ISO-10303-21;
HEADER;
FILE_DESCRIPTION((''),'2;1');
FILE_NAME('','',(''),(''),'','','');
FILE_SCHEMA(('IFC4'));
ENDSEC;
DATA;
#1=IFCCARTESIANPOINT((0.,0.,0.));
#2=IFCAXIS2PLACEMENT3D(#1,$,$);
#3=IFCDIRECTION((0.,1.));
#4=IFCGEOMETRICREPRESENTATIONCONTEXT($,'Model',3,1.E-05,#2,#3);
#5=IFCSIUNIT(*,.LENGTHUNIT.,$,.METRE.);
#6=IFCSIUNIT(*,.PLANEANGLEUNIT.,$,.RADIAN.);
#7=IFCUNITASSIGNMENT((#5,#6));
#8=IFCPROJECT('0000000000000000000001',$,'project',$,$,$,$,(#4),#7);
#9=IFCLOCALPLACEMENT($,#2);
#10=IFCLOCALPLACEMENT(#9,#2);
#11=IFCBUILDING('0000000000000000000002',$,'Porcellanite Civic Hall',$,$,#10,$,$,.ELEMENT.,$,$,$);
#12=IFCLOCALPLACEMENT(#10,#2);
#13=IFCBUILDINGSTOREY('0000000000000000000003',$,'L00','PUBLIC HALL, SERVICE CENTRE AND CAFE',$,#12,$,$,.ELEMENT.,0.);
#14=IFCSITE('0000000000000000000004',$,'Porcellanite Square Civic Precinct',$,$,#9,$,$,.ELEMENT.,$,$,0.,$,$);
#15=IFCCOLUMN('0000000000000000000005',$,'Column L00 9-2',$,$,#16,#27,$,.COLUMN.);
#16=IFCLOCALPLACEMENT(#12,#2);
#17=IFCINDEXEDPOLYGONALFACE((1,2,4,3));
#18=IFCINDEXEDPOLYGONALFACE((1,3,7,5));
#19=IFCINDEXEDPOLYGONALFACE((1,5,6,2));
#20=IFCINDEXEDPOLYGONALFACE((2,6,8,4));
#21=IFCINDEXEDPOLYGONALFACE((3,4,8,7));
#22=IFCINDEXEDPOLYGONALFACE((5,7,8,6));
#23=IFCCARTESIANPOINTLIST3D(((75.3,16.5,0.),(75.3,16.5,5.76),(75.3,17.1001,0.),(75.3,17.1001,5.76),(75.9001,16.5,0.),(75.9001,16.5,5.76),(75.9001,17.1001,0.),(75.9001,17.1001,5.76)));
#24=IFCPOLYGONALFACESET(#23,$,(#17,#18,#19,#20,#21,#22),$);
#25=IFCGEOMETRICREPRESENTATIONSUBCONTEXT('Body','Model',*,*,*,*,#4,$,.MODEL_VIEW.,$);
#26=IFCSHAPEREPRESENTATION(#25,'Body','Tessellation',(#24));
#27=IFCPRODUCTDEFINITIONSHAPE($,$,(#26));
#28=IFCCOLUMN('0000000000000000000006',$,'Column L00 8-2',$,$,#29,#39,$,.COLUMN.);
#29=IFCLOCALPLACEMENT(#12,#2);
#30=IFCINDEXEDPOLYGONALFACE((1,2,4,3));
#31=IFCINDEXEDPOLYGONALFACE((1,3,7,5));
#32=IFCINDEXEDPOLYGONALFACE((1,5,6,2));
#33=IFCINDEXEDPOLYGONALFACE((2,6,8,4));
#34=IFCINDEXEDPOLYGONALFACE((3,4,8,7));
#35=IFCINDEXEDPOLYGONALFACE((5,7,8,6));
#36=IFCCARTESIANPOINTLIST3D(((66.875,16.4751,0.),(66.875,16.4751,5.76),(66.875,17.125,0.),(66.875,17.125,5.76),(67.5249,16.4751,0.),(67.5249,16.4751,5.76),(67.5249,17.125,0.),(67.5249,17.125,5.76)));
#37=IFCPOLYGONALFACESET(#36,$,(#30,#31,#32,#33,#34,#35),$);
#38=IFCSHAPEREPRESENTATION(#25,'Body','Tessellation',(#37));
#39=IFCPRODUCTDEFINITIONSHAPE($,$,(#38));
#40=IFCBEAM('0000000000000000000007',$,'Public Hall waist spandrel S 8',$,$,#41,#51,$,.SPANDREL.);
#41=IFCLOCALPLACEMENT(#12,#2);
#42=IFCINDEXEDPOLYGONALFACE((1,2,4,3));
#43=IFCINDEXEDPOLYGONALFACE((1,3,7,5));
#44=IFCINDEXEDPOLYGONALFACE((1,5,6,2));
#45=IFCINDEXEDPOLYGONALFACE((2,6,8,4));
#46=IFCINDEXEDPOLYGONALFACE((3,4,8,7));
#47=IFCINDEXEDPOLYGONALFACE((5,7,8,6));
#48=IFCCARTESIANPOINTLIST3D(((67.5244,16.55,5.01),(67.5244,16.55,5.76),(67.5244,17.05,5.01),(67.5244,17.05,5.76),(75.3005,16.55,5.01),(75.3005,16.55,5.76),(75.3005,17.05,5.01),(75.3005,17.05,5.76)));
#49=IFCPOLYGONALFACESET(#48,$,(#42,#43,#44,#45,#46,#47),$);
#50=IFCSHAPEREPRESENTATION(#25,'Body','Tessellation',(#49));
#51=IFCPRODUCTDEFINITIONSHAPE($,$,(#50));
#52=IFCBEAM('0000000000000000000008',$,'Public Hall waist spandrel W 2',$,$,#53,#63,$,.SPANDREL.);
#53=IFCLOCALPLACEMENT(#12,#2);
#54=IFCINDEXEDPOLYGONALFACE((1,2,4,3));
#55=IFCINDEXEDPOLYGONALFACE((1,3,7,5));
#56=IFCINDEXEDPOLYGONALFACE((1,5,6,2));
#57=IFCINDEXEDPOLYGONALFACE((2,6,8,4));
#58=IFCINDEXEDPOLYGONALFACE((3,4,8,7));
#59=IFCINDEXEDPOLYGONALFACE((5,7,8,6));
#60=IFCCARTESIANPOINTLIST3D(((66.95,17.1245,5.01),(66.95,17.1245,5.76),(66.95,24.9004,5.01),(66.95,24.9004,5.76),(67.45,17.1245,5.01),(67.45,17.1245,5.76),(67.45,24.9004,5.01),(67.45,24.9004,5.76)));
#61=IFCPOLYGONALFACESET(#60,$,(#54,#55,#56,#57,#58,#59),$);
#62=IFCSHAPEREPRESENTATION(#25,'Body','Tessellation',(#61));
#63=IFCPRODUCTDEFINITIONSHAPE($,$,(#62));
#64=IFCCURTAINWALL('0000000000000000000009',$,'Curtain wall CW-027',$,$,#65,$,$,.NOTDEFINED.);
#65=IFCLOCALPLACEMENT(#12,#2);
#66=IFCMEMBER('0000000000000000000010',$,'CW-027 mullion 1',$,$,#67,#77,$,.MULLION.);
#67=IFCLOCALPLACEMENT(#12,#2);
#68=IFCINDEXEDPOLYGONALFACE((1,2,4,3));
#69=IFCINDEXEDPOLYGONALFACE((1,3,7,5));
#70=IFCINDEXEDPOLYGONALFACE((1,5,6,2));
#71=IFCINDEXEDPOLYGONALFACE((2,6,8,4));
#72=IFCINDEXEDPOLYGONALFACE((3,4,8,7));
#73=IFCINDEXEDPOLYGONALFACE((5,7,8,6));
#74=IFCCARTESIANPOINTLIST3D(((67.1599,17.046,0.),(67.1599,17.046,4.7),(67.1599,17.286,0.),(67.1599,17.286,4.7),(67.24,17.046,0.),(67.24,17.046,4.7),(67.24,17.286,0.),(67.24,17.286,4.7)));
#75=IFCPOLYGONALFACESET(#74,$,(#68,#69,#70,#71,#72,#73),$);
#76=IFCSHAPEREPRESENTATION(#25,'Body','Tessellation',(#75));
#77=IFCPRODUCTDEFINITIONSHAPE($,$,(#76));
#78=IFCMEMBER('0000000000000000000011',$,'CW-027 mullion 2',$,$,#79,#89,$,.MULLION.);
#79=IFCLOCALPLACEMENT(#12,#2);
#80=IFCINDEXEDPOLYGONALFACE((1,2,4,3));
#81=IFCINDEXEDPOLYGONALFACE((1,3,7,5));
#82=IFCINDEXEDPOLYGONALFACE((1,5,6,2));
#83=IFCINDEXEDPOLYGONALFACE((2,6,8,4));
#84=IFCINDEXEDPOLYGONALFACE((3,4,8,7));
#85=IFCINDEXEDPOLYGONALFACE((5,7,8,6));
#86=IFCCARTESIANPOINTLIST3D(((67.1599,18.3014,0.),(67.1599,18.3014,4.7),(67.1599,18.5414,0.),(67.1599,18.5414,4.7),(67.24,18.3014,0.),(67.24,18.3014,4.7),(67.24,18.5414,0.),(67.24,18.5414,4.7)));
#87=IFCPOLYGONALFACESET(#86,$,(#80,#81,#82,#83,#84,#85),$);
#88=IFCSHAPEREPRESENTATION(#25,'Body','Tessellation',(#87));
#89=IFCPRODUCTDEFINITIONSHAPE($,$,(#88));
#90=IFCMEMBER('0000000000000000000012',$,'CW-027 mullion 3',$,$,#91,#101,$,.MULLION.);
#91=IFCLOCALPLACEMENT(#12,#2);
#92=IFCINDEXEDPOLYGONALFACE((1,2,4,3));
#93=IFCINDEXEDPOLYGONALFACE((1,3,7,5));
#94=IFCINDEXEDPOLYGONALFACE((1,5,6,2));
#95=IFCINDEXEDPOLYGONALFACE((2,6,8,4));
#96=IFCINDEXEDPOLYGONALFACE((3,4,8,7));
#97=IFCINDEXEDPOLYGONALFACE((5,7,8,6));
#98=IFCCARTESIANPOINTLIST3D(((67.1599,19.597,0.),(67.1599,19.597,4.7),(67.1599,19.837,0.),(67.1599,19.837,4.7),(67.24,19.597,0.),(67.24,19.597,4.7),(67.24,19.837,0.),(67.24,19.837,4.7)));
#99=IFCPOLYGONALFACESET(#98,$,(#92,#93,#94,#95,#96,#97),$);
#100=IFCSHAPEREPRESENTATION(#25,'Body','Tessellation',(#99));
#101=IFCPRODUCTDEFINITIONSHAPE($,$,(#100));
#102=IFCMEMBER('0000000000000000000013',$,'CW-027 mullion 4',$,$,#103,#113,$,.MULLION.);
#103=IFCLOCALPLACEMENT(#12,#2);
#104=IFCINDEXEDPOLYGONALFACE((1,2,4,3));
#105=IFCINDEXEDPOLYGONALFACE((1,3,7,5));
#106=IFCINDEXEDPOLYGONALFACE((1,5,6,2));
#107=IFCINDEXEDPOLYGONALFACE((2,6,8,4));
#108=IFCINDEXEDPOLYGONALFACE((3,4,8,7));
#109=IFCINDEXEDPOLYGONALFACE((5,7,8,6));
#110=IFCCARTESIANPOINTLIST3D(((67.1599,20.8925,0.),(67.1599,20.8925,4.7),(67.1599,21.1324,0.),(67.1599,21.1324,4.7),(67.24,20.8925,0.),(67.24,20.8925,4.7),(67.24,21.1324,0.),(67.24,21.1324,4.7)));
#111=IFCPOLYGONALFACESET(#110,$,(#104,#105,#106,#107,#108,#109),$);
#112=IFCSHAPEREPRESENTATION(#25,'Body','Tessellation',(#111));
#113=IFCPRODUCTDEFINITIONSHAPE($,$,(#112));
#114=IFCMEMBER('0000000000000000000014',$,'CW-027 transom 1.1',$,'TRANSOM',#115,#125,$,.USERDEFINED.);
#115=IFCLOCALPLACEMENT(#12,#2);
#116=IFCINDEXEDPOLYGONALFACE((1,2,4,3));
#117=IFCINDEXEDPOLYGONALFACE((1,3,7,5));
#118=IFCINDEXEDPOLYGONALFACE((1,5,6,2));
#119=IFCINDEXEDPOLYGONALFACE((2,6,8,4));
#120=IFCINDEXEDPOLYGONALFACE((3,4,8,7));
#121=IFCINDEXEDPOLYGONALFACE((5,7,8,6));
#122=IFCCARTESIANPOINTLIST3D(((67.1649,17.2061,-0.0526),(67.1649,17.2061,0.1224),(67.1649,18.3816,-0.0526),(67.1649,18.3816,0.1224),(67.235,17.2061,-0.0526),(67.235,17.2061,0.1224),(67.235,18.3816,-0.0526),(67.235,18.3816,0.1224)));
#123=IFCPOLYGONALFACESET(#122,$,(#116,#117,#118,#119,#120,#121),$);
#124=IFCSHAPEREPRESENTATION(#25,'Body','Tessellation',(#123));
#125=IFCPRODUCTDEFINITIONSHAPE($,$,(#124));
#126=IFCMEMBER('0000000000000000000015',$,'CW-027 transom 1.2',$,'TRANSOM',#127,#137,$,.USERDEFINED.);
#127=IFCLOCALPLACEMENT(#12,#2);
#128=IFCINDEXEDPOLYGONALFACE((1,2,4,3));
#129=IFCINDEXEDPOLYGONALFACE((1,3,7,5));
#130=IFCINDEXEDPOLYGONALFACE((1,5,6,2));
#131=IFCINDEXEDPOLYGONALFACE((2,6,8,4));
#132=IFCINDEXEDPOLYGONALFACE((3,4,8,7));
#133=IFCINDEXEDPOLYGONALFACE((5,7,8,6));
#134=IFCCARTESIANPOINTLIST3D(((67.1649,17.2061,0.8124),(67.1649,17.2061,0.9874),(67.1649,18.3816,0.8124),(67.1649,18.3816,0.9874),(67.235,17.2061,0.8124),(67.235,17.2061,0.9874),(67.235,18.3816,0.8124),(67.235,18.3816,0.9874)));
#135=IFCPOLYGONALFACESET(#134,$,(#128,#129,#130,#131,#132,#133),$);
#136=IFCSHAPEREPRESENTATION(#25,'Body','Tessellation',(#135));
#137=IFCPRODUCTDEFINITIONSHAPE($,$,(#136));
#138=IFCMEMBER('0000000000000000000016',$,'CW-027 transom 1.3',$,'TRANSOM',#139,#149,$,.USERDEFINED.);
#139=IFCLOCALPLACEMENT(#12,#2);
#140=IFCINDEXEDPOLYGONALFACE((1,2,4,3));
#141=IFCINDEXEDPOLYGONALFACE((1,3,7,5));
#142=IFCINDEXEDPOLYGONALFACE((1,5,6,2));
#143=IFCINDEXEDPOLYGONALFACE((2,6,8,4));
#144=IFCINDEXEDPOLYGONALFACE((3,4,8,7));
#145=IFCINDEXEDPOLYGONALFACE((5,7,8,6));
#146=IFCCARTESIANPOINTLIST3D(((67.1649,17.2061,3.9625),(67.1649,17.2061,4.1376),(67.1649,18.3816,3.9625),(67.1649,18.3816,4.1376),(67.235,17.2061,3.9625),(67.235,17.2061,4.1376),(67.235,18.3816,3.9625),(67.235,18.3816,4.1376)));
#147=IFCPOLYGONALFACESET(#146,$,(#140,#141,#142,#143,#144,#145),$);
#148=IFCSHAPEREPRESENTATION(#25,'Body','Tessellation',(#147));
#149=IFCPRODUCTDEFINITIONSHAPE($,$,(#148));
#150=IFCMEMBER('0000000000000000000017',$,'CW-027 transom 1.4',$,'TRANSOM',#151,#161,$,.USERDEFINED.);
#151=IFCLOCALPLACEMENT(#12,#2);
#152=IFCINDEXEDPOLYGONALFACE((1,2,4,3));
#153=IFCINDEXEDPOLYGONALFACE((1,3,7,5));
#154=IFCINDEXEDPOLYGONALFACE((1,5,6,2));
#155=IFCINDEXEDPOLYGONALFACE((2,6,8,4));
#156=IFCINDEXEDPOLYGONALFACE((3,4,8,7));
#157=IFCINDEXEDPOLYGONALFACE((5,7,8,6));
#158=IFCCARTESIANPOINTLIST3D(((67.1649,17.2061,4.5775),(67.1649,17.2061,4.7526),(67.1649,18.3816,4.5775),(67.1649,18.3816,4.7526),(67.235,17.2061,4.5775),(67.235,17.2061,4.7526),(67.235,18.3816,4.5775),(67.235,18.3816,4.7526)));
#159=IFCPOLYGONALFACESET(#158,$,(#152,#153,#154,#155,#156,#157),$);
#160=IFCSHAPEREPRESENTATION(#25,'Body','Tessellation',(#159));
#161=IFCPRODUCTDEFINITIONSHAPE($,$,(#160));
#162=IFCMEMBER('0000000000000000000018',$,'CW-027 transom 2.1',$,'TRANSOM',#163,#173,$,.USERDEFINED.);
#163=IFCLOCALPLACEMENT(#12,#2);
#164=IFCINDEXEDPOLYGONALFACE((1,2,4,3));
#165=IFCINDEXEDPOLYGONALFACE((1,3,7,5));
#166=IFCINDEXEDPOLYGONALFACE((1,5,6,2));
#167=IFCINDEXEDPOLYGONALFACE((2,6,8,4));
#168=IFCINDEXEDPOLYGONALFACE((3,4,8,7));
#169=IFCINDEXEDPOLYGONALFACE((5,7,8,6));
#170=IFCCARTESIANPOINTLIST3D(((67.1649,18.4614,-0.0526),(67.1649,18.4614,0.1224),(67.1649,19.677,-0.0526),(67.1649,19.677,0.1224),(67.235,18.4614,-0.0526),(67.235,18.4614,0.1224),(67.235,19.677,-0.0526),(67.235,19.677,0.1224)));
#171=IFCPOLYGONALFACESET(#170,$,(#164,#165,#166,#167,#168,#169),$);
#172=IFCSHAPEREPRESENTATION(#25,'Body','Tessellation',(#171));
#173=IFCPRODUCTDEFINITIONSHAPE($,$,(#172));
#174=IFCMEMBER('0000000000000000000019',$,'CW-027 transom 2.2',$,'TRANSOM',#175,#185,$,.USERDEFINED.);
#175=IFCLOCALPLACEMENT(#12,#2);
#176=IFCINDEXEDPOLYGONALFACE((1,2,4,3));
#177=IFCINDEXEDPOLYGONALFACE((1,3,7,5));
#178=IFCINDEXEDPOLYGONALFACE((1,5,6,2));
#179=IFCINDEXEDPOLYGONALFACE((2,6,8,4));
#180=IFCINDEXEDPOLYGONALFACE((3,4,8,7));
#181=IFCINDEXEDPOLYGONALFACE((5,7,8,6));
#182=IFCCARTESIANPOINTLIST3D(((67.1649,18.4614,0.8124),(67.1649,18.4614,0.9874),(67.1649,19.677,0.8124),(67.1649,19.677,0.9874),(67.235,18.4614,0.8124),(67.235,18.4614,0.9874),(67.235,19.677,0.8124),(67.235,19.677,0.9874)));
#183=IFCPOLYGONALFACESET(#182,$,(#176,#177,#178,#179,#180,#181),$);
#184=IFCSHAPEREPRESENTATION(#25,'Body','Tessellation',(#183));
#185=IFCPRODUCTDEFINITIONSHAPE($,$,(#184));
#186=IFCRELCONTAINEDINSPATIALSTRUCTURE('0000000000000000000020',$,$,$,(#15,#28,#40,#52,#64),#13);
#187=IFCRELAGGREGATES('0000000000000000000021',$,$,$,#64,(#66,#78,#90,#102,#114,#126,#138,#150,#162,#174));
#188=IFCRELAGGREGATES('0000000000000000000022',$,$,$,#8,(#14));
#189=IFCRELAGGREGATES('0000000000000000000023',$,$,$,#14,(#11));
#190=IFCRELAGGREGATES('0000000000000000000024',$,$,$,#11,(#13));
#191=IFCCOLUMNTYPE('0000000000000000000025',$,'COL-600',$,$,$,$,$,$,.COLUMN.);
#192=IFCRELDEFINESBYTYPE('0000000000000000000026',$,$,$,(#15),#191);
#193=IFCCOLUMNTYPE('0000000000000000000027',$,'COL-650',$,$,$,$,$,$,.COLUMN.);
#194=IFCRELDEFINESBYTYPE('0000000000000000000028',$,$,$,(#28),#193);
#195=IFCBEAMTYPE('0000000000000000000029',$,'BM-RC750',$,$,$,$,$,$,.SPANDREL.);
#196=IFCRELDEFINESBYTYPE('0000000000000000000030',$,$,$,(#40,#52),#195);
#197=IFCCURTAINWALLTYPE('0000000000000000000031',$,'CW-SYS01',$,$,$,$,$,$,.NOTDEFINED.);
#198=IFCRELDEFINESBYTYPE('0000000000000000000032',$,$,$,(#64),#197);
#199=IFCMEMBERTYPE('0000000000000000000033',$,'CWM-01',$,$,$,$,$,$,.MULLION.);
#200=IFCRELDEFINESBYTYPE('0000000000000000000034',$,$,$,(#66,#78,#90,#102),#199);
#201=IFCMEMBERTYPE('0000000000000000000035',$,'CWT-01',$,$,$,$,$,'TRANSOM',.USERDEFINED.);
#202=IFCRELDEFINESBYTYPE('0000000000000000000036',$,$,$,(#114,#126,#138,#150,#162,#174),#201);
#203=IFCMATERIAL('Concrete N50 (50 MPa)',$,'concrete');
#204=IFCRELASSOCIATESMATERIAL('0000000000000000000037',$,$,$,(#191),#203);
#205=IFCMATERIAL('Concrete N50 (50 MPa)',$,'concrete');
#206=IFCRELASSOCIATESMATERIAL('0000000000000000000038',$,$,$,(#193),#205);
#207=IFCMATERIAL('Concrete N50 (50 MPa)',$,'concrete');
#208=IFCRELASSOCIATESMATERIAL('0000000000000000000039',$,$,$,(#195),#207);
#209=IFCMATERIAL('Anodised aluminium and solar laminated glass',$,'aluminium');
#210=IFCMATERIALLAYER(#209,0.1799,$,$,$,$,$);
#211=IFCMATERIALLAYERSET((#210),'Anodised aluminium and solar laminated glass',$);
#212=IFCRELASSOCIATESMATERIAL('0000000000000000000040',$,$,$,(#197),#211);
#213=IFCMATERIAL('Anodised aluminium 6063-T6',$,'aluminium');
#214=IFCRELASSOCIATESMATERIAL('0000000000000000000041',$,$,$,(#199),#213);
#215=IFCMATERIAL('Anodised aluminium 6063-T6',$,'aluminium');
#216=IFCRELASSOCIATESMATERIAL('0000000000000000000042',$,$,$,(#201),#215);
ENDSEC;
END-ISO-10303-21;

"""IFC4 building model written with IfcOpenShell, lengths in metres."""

from ifc_helpers import new_model, si_unit, direction, frame, origin, origin_2d, place, context, subcontext, project, spatial, rectangle, extrude, material, layer, layer_set, material_profile, profile_set, type_object, element, aggregate, save


model = new_model("IFC4")

# Units and contexts
model_context = context("Model", 3, precision=1e-05, world=origin(), true_north=direction((0.0, 1.0)))
body_context = subcontext(model_context, "Body", "Model", "MODEL_VIEW")
ifc_project = project(units=[si_unit("LENGTHUNIT", "METRE"), si_unit("PLANEANGLEUNIT", "RADIAN")], contexts=[model_context])

# Site, building, storey
site_placement = place(None, origin())
site = spatial("IfcSite", under=ifc_project, at=site_placement, Name="Porcellanite Square Civic Precinct", CompositionType="ELEMENT", RefElevation=0.0)
building_placement = place(site_placement, origin())
building = spatial("IfcBuilding", under=site, at=building_placement, Name="Porcellanite Civic Hall", CompositionType="ELEMENT")
storey_placement = place(building_placement, origin())
storey = spatial("IfcBuildingStorey", under=building, at=storey_placement, Name="L00", Description="PUBLIC HALL, SERVICE CENTRE AND CAFE", CompositionType="ELEMENT", Elevation=0.0)

# Columns
ifc_material_1 = material(Name="Concrete N50 (50 MPa)", Category="concrete")
ifc_material_profile_1 = material_profile(ifc_material_1, rectangle(XDim=0.6001, YDim=0.6001, at=origin_2d()), Name="RC-600x600")
ifc_profile_set_1 = profile_set([ifc_material_profile_1], Name="Concrete N50 (50 MPa)")
column_type_1 = type_object("IfcColumnType", Name="COL-600", PredefinedType="COLUMN", material=ifc_profile_set_1)
column_1_placement = place(storey_placement, frame((75.6001, 16.8, 0.0), z_axis=(0.0, 0.0, 1.0), x_axis=(1.0, 0.0, 0.0)))
element("IfcColumn", 1, at=column_1_placement, inside=storey, type_object=column_type_1, Name="Column L00 9-2", PredefinedType="COLUMN", context=body_context, shape_type="SweptSolid", body=[
    extrude(rectangle(XDim=0.6001, YDim=0.6001, at=origin_2d()), origin(), (0.0, 0.0, 1.0), 5.76),
])
ifc_material_2 = material(Name="Concrete N50 (50 MPa)", Category="concrete")
ifc_material_profile_2 = material_profile(ifc_material_2, rectangle(XDim=0.6499, YDim=0.6499, at=origin_2d()), Name="RC-650x650")
ifc_profile_set_2 = profile_set([ifc_material_profile_2], Name="Concrete N50 (50 MPa)")
column_type_2 = type_object("IfcColumnType", Name="COL-650", PredefinedType="COLUMN", material=ifc_profile_set_2)
column_2_placement = place(storey_placement, frame((67.2, 16.8, 0.0), z_axis=(0.0, 0.0, 1.0), x_axis=(1.0, 0.0, 0.0)))
element("IfcColumn", 2, at=column_2_placement, inside=storey, type_object=column_type_2, Name="Column L00 8-2", PredefinedType="COLUMN", context=body_context, shape_type="SweptSolid", body=[
    extrude(rectangle(XDim=0.6499, YDim=0.6499, at=origin_2d()), origin(), (0.0, 0.0, 1.0), 5.76),
])

# Beams
ifc_material_3 = material(Name="Concrete N50 (50 MPa)", Category="concrete")
ifc_material_profile_3 = material_profile(ifc_material_3, rectangle(XDim=0.5, YDim=0.75, at=origin_2d()), Name="RC-500x750")
ifc_profile_set_3 = profile_set([ifc_material_profile_3], Name="Concrete N50 (50 MPa)")
beam_type = type_object("IfcBeamType", Name="BM-RC750", PredefinedType="SPANDREL", material=ifc_profile_set_3)
beam_1_placement = place(storey_placement, frame((67.5244, 16.8, 5.385), z_axis=(1.0, 0.0, 0.0), x_axis=(0.0, 1.0, 0.0)))
element("IfcBeam", 3, at=beam_1_placement, inside=storey, type_object=beam_type, Name="Public Hall waist spandrel S 8", PredefinedType="SPANDREL", context=body_context, shape_type="SweptSolid", body=[
    extrude(rectangle(XDim=0.5, YDim=0.75, at=origin_2d()), origin(), (0.0, 0.0, 1.0), 7.7761),
])
beam_2_placement = place(storey_placement, frame((67.2, 17.1245, 5.385), z_axis=(0.0, 1.0, 0.0), x_axis=(-1.0, 0.0, 0.0)))
element("IfcBeam", 4, at=beam_2_placement, inside=storey, type_object=beam_type, Name="Public Hall waist spandrel W 2", PredefinedType="SPANDREL", context=body_context, shape_type="SweptSolid", body=[
    extrude(rectangle(XDim=0.5, YDim=0.75, at=origin_2d()), origin(), (0.0, 0.0, 1.0), 7.7759),
])

# Curtain wall, members
ifc_material_4 = material(Name="Anodised aluminium and solar laminated glass", Category="aluminium")
ifc_layer_1 = layer(ifc_material_4, 0.1799)
ifc_layer_set_1 = layer_set([ifc_layer_1], Name="Anodised aluminium and solar laminated glass")
curtain_wall_type = type_object("IfcCurtainWallType", Name="CW-SYS01", PredefinedType="NOTDEFINED", material=ifc_layer_set_1)
curtain_wall_placement = place(storey_placement, origin())
curtain_wall = element("IfcCurtainWall", 5, at=curtain_wall_placement, inside=storey, type_object=curtain_wall_type, Name="Curtain wall CW-027", PredefinedType="NOTDEFINED")
ifc_material_5 = material(Name="Anodised aluminium 6063-T6", Category="aluminium")
ifc_material_profile_4 = material_profile(ifc_material_5, rectangle(XDim=0.0801, YDim=0.24, at=origin_2d()), Name="AL-80x240")
ifc_profile_set_4 = profile_set([ifc_material_profile_4], Name="Anodised aluminium 6063-T6")
member_type_1 = type_object("IfcMemberType", Name="CWM-01", PredefinedType="MULLION", material=ifc_profile_set_4)
member_1_placement = place(storey_placement, frame((67.2, 17.166, 0.0), z_axis=(0.0, 0.0, 1.0), x_axis=(-1.0, 0.0, 0.0)))
member_1 = element("IfcMember", 6, at=member_1_placement, type_object=member_type_1, Name="CW-027 mullion 1", PredefinedType="MULLION", context=body_context, shape_type="SweptSolid", body=[
    extrude(rectangle(XDim=0.0801, YDim=0.24, at=origin_2d()), origin(), (0.0, 0.0, 1.0), 4.7),
])
member_2_placement = place(storey_placement, frame((67.2, 18.4214, 0.0), z_axis=(0.0, 0.0, 1.0), x_axis=(-1.0, 0.0, 0.0)))
member_2 = element("IfcMember", 7, at=member_2_placement, type_object=member_type_1, Name="CW-027 mullion 2", PredefinedType="MULLION", context=body_context, shape_type="SweptSolid", body=[
    extrude(rectangle(XDim=0.0801, YDim=0.24, at=origin_2d()), origin(), (0.0, 0.0, 1.0), 4.7),
])
member_3_placement = place(storey_placement, frame((67.2, 19.717, 0.0), z_axis=(0.0, 0.0, 1.0), x_axis=(-1.0, 0.0, 0.0)))
member_3 = element("IfcMember", 8, at=member_3_placement, type_object=member_type_1, Name="CW-027 mullion 3", PredefinedType="MULLION", context=body_context, shape_type="SweptSolid", body=[
    extrude(rectangle(XDim=0.0801, YDim=0.24, at=origin_2d()), origin(), (0.0, 0.0, 1.0), 4.7),
])
member_4_placement = place(storey_placement, frame((67.2, 21.0125, 0.0), z_axis=(0.0, 0.0, 1.0), x_axis=(-1.0, 0.0, 0.0)))
member_4 = element("IfcMember", 9, at=member_4_placement, type_object=member_type_1, Name="CW-027 mullion 4", PredefinedType="MULLION", context=body_context, shape_type="SweptSolid", body=[
    extrude(rectangle(XDim=0.0801, YDim=0.24, at=origin_2d()), origin(), (0.0, 0.0, 1.0), 4.7),
])
ifc_material_6 = material(Name="Anodised aluminium 6063-T6", Category="aluminium")
ifc_material_profile_5 = material_profile(ifc_material_6, rectangle(XDim=0.0701, YDim=0.175, at=origin_2d()), Name="AL-70x175")
ifc_profile_set_5 = profile_set([ifc_material_profile_5], Name="Anodised aluminium 6063-T6")
member_type_2 = type_object("IfcMemberType", Name="CWT-01", ElementType="TRANSOM", PredefinedType="USERDEFINED", material=ifc_profile_set_5)
member_5_placement = place(storey_placement, frame((67.2, 17.2061, 0.0349), z_axis=(0.0, 1.0, 0.0), x_axis=(-1.0, 0.0, 0.0)))
member_5 = element("IfcMember", 10, at=member_5_placement, type_object=member_type_2, Name="CW-027 transom 1.1", ObjectType="TRANSOM", PredefinedType="USERDEFINED", context=body_context, shape_type="SweptSolid", body=[
    extrude(rectangle(XDim=0.0701, YDim=0.175, at=origin_2d()), origin(), (0.0, 0.0, 1.0), 1.1755),
])
member_6_placement = place(storey_placement, frame((67.2, 17.2061, 0.8999), z_axis=(0.0, 1.0, 0.0), x_axis=(-1.0, 0.0, 0.0)))
member_6 = element("IfcMember", 11, at=member_6_placement, type_object=member_type_2, Name="CW-027 transom 1.2", ObjectType="TRANSOM", PredefinedType="USERDEFINED", context=body_context, shape_type="SweptSolid", body=[
    extrude(rectangle(XDim=0.0701, YDim=0.175, at=origin_2d()), origin(), (0.0, 0.0, 1.0), 1.1755),
])
member_7_placement = place(storey_placement, frame((67.2, 17.2061, 4.05), z_axis=(0.0, 1.0, 0.0), x_axis=(-1.0, 0.0, 0.0)))
member_7 = element("IfcMember", 12, at=member_7_placement, type_object=member_type_2, Name="CW-027 transom 1.3", ObjectType="TRANSOM", PredefinedType="USERDEFINED", context=body_context, shape_type="SweptSolid", body=[
    extrude(rectangle(XDim=0.0701, YDim=0.175, at=origin_2d()), origin(), (0.0, 0.0, 1.0), 1.1755),
])
member_8_placement = place(storey_placement, frame((67.2, 17.2061, 4.665), z_axis=(0.0, 1.0, 0.0), x_axis=(-1.0, 0.0, 0.0)))
member_8 = element("IfcMember", 13, at=member_8_placement, type_object=member_type_2, Name="CW-027 transom 1.4", ObjectType="TRANSOM", PredefinedType="USERDEFINED", context=body_context, shape_type="SweptSolid", body=[
    extrude(rectangle(XDim=0.0701, YDim=0.175, at=origin_2d()), origin(), (0.0, 0.0, 1.0), 1.1755),
])
member_9_placement = place(storey_placement, frame((67.2, 18.4614, 0.0349), z_axis=(0.0, 1.0, 0.0), x_axis=(-1.0, 0.0, 0.0)))
member_9 = element("IfcMember", 14, at=member_9_placement, type_object=member_type_2, Name="CW-027 transom 2.1", ObjectType="TRANSOM", PredefinedType="USERDEFINED", context=body_context, shape_type="SweptSolid", body=[
    extrude(rectangle(XDim=0.0701, YDim=0.175, at=origin_2d()), origin(), (0.0, 0.0, 1.0), 1.2156),
])
member_10_placement = place(storey_placement, frame((67.2, 18.4614, 0.8999), z_axis=(0.0, 1.0, 0.0), x_axis=(-1.0, 0.0, 0.0)))
member_10 = element("IfcMember", 15, at=member_10_placement, type_object=member_type_2, Name="CW-027 transom 2.2", ObjectType="TRANSOM", PredefinedType="USERDEFINED", context=body_context, shape_type="SweptSolid", body=[
    extrude(rectangle(XDim=0.0701, YDim=0.175, at=origin_2d()), origin(), (0.0, 0.0, 1.0), 1.2156),
])
aggregate(curtain_wall, [member_1, member_2, member_3, member_4, member_5, member_6, member_7, member_8, member_9, member_10])

save(model, "model.ifc")
